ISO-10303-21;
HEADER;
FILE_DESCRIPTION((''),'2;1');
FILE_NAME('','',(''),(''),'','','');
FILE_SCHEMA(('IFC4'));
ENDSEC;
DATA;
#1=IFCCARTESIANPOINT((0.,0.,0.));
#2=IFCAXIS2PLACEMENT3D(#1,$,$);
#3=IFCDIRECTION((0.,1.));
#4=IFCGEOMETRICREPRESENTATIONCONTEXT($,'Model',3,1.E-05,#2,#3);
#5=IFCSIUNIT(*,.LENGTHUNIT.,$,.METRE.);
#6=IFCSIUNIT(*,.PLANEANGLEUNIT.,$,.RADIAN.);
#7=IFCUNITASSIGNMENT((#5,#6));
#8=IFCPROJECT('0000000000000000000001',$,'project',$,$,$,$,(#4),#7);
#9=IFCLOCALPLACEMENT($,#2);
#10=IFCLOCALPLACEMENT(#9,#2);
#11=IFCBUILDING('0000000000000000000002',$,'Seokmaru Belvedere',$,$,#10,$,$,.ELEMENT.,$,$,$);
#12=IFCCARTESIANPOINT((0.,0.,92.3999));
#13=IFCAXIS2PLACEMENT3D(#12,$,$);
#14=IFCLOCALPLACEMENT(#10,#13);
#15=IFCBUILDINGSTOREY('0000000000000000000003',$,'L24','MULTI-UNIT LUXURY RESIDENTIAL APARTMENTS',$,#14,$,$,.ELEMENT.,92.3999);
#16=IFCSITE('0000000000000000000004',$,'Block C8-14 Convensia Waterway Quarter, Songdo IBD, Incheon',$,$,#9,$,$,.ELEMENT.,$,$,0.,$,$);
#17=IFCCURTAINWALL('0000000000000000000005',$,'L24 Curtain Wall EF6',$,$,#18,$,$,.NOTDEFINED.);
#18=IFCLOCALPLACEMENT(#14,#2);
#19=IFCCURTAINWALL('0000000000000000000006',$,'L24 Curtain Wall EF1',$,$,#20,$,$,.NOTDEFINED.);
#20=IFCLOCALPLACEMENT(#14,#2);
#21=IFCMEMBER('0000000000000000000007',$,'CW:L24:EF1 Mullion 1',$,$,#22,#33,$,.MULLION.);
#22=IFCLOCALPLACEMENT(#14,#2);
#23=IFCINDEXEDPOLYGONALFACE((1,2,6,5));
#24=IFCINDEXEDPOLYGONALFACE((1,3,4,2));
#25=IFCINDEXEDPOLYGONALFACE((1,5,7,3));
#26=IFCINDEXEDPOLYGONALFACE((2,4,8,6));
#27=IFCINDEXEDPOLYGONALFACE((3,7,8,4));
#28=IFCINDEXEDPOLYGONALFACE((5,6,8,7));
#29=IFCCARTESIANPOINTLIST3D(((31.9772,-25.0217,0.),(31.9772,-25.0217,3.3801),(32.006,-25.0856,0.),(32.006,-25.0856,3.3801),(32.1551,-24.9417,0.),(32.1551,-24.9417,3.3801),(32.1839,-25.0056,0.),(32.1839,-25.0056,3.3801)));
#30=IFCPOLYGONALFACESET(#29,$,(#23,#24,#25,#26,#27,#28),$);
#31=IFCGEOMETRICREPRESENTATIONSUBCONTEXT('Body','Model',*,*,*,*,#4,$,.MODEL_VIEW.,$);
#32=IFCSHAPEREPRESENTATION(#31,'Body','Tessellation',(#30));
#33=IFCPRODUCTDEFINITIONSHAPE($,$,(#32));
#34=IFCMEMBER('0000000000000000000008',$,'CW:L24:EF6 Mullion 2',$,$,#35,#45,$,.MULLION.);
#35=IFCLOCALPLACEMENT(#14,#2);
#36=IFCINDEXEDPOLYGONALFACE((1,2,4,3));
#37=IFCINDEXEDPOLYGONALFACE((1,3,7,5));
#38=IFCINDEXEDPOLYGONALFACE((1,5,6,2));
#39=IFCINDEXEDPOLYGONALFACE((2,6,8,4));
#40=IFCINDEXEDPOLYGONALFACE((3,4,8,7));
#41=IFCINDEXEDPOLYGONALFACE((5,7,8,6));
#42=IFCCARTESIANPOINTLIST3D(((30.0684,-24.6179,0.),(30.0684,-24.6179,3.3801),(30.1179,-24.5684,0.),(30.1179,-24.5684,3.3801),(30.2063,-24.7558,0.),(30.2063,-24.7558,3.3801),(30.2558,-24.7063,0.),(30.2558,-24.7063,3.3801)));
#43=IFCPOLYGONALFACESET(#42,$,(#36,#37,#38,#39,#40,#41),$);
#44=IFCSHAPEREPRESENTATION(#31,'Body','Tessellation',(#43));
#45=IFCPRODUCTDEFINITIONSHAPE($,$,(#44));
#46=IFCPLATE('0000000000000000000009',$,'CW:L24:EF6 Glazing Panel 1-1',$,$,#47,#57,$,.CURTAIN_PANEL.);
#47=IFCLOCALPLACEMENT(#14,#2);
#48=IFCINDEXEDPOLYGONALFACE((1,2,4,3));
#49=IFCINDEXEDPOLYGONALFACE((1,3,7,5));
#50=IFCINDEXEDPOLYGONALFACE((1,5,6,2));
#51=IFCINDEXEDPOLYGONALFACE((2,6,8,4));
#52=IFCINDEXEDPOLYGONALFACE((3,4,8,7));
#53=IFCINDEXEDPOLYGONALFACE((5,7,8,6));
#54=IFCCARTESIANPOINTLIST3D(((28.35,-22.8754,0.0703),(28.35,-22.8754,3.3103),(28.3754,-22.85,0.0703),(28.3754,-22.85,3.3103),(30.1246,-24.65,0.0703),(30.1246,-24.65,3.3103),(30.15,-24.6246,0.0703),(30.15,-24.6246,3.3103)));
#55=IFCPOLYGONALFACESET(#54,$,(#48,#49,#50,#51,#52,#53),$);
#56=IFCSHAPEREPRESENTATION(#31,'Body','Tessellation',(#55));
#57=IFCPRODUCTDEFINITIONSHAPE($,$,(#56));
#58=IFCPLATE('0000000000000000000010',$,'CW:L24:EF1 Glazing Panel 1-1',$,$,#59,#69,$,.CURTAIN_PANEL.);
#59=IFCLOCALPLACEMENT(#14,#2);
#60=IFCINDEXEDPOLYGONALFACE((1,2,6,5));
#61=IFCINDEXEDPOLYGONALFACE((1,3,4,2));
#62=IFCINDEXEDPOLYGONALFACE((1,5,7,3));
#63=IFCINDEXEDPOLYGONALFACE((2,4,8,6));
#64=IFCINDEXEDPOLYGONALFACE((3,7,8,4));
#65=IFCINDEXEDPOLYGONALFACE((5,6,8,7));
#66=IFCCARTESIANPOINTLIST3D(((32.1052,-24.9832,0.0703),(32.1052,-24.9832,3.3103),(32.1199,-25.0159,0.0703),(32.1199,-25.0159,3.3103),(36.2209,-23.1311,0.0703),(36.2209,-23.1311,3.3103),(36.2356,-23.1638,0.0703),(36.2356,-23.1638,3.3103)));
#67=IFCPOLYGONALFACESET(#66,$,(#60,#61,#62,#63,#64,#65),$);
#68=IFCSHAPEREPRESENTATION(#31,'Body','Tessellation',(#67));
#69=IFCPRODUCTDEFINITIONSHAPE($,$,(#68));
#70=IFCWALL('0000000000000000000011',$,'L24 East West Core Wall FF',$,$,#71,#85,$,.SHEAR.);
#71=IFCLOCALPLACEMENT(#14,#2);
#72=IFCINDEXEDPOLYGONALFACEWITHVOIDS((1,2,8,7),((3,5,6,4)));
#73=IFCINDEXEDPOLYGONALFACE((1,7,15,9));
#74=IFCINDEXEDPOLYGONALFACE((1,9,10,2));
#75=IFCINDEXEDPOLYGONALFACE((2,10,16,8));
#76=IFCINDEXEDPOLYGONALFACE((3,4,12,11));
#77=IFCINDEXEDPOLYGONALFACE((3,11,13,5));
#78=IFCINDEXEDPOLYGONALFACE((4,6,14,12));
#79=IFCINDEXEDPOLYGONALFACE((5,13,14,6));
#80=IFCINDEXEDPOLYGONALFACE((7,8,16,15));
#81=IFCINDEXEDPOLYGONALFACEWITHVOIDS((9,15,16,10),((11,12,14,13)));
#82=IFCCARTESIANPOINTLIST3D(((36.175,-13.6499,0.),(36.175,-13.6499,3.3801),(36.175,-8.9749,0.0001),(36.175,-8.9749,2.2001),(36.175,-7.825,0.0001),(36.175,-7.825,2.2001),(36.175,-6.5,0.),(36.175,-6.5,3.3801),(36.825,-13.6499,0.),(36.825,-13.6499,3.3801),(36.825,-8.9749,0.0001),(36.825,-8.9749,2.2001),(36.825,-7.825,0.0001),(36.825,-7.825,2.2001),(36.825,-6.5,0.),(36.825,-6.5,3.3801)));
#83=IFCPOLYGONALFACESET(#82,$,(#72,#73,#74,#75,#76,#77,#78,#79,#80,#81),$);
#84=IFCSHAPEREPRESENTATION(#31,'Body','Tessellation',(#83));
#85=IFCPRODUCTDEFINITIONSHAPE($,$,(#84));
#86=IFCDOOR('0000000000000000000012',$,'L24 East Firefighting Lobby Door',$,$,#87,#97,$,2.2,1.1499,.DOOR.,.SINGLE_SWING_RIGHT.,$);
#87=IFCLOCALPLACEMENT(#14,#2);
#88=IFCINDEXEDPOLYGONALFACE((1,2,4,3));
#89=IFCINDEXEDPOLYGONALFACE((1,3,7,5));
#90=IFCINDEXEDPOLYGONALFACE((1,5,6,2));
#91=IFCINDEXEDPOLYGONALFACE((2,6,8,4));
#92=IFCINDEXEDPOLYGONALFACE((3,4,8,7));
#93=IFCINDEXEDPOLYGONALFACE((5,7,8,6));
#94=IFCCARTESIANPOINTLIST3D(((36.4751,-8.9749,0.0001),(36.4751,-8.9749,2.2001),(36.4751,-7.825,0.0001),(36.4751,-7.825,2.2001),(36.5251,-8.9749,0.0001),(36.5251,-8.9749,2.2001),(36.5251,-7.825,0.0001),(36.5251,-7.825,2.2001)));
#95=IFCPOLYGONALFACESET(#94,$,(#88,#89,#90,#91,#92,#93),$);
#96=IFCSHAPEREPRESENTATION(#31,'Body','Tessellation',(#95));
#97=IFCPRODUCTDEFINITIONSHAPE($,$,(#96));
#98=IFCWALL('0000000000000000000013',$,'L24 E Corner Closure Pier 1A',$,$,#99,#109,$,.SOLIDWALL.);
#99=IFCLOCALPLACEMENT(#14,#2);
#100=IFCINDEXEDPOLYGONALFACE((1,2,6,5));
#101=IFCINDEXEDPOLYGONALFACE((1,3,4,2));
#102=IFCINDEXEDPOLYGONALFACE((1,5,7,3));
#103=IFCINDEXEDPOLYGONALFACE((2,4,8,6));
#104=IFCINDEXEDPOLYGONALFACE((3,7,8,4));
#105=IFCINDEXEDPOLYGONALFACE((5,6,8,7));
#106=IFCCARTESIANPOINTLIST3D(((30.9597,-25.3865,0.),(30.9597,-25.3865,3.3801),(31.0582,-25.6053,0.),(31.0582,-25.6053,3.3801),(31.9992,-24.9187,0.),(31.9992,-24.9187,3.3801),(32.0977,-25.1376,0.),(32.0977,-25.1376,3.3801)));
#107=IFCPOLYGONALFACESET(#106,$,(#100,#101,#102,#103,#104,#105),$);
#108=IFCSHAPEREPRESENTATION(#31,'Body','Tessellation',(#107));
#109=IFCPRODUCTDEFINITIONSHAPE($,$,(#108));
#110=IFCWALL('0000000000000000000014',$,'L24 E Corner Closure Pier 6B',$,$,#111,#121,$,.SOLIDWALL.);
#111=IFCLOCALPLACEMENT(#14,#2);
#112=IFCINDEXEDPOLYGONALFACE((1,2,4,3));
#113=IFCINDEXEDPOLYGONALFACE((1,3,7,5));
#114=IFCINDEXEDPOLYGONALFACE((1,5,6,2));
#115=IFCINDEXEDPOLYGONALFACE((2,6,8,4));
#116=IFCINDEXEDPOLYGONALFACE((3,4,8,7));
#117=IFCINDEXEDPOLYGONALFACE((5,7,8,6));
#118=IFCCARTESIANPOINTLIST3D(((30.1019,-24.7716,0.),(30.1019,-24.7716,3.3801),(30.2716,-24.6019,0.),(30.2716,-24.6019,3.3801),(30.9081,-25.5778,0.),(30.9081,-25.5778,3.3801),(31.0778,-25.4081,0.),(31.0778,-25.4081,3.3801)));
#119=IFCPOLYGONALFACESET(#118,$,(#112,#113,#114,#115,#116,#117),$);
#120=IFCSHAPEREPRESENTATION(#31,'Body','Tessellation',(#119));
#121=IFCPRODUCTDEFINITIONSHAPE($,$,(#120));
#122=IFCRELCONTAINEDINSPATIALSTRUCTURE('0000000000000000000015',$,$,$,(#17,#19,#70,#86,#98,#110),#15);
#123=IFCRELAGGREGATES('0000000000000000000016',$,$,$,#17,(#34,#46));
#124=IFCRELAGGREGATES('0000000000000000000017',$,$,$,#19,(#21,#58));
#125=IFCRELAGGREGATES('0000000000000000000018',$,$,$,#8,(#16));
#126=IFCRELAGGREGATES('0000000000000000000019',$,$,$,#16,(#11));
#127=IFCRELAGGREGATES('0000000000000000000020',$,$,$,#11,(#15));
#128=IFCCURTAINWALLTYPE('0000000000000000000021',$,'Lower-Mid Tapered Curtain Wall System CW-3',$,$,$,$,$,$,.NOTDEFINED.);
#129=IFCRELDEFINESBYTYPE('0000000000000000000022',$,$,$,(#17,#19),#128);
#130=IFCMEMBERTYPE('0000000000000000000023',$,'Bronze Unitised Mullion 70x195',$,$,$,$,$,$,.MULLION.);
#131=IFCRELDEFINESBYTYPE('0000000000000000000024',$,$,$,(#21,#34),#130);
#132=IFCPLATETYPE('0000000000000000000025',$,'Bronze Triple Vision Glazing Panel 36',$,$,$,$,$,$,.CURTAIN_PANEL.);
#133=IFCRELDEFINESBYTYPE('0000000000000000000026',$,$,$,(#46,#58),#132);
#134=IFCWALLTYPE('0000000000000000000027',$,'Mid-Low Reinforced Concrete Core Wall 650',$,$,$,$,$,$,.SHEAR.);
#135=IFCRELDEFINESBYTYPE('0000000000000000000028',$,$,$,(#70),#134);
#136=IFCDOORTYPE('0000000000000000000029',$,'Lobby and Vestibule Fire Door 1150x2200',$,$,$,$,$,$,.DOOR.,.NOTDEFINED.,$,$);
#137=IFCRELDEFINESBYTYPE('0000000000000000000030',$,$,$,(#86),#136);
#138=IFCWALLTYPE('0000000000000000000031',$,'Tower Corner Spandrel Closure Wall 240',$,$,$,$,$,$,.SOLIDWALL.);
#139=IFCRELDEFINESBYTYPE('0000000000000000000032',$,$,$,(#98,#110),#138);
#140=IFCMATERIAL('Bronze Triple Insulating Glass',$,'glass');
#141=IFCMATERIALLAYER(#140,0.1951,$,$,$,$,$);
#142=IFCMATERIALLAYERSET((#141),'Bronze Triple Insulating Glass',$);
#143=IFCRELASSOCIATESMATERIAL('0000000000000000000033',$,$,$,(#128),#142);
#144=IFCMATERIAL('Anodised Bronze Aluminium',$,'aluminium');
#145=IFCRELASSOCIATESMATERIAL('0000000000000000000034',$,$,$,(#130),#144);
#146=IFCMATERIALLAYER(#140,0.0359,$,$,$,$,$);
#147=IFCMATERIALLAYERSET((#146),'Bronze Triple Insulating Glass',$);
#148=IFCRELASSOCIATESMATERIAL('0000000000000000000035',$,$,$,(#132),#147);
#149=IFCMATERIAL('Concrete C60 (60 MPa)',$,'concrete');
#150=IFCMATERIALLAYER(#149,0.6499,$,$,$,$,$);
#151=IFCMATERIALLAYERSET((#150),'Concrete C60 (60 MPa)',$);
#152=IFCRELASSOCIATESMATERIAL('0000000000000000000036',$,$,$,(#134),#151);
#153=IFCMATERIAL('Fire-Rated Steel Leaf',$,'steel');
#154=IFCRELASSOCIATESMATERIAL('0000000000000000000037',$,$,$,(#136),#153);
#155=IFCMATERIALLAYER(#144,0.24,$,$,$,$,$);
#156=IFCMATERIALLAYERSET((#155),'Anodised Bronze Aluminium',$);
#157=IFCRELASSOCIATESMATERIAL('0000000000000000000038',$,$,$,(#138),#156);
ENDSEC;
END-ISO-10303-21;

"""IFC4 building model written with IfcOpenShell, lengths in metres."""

from ifc_helpers import new_model, si_unit, direction, frame, frame_2d, origin, origin_2d, place, context, subcontext, project, spatial, rectangle, extrude, source, transform, mapped, material, layer, layer_set, material_profile, profile_set, type_object, type_shapes, element, fill, aggregate, save


model = new_model("IFC4")

# Units and contexts
model_context = context("Model", 3, precision=1e-05, world=origin(), true_north=direction((0.0, 1.0)))
body_context = subcontext(model_context, "Body", "Model", "MODEL_VIEW")
ifc_project = project(units=[si_unit("LENGTHUNIT", "METRE"), si_unit("PLANEANGLEUNIT", "RADIAN")], contexts=[model_context])

# Site, building, storey
site_placement = place(None, origin())
site = spatial("IfcSite", under=ifc_project, at=site_placement, Name="Block C8-14 Convensia Waterway Quarter, Songdo IBD, Incheon", CompositionType="ELEMENT", RefElevation=0.0)
building_placement = place(site_placement, origin())
building = spatial("IfcBuilding", under=site, at=building_placement, Name="Seokmaru Belvedere", CompositionType="ELEMENT")
storey_placement = place(building_placement, frame((0.0, 0.0, 92.3999)))
storey = spatial("IfcBuildingStorey", under=building, at=storey_placement, Name="L24", Description="MULTI-UNIT LUXURY RESIDENTIAL APARTMENTS", CompositionType="ELEMENT", Elevation=92.3999)

# Curtain wall
ifc_material_1 = material(Name="Bronze Triple Insulating Glass", Category="glass")
ifc_layer_1 = layer(ifc_material_1, 0.1951)
ifc_layer_set_1 = layer_set([ifc_layer_1], Name="Bronze Triple Insulating Glass")
curtain_wall_type = type_object("IfcCurtainWallType", Name="Lower-Mid Tapered Curtain Wall System CW-3", PredefinedType="NOTDEFINED", material=ifc_layer_set_1)
curtain_wall_1_placement = place(storey_placement, origin())
curtain_wall_1 = element("IfcCurtainWall", 1, at=curtain_wall_1_placement, inside=storey, type_object=curtain_wall_type, Name="L24 Curtain Wall EF6", PredefinedType="NOTDEFINED")
ifc_material_2 = material(Name="Anodised Bronze Aluminium", Category="aluminium")

# Curtain wall, member
curtain_wall_2_placement = place(storey_placement, origin())
curtain_wall_2 = element("IfcCurtainWall", 2, at=curtain_wall_2_placement, inside=storey, type_object=curtain_wall_type, Name="L24 Curtain Wall EF1", PredefinedType="NOTDEFINED")
ifc_material_profile_1 = material_profile(ifc_material_2, rectangle(XDim=0.0701, YDim=0.1951, at=origin_2d()), Name="CW-M-70x195")
ifc_profile_set_1 = profile_set([ifc_material_profile_1], Name="Anodised Bronze Aluminium")
member_type_1 = type_object("IfcMemberType", Name="Bronze Unitised Mullion 70x195", PredefinedType="MULLION", material=ifc_profile_set_1)
shared_shape_1 = source(origin(), body_context, "Body", "SweptSolid", [
    extrude(rectangle(XDim=0.0701, YDim=0.1951, at=origin_2d()), origin(), (0.0, 0.0, 1.0), 3.3801),
])
member_1_placement = place(storey_placement, frame((32.0806, -25.0137, 0.0), z_axis=(0.0, 0.0, 1.0), x_axis=(-0.410366, 0.911921, 0.0)))
member_1 = element("IfcMember", 3, at=member_1_placement, type_object=member_type_1, Name="CW:L24:EF1 Mullion 1", PredefinedType="MULLION", context=body_context, shape_type="MappedRepresentation", body=[
    mapped(shared_shape_1, transform((0.0, 0.0, 0.0), scale=1.0)),
])

# Member
member_2_placement = place(storey_placement, frame((30.1621, -24.6621, 0.0), z_axis=(0.0, 0.0, 1.0), x_axis=(0.707107, 0.707107, 0.0)))
member_2 = element("IfcMember", 4, at=member_2_placement, type_object=member_type_1, Name="CW:L24:EF6 Mullion 2", PredefinedType="MULLION", context=body_context, shape_type="MappedRepresentation", body=[
    mapped(shared_shape_1, transform((0.0, 0.0, 0.0), scale=1.0)),
])

# Plates
ifc_layer_2 = layer(ifc_material_1, 0.0359)
ifc_layer_set_2 = layer_set([ifc_layer_2], Name="Bronze Triple Insulating Glass")
plate_type = type_object("IfcPlateType", Name="Bronze Triple Vision Glazing Panel 36", PredefinedType="CURTAIN_PANEL", material=ifc_layer_set_2)
shared_shape_2 = source(origin(), body_context, "Body", "SweptSolid", [
    extrude(rectangle(XDim=2.5098, YDim=0.0359, at=origin_2d()), origin(), (0.0, 0.0, 1.0), 3.24),
])
plate_1_placement = place(storey_placement, frame((29.25, -23.75, 0.0703), z_axis=(0.0, 0.0, 1.0), x_axis=(0.707107, -0.707107, 0.0)))
plate_1 = element("IfcPlate", 5, at=plate_1_placement, type_object=plate_type, Name="CW:L24:EF6 Glazing Panel 1-1", PredefinedType="CURTAIN_PANEL", context=body_context, shape_type="MappedRepresentation", body=[
    mapped(shared_shape_2, transform((0.0, 0.0, 0.0), scale=1.0)),
])
aggregate(curtain_wall_1, [member_2, plate_1])
shared_shape_3 = source(origin(), body_context, "Body", "SweptSolid", [
    extrude(rectangle(XDim=4.5132, YDim=0.0359, at=origin_2d()), origin(), (0.0, 0.0, 1.0), 3.24),
])
type_shapes(plate_type, [shared_shape_2, shared_shape_3])
plate_2_placement = place(storey_placement, frame((34.1704, -24.0735, 0.0703), z_axis=(0.0, 0.0, 1.0), x_axis=(0.911921, 0.410366, 0.0)))
plate_2 = element("IfcPlate", 6, at=plate_2_placement, type_object=plate_type, Name="CW:L24:EF1 Glazing Panel 1-1", PredefinedType="CURTAIN_PANEL", context=body_context, shape_type="MappedRepresentation", body=[
    mapped(shared_shape_3, transform((0.0, 0.0, 0.0), scale=1.0)),
])
aggregate(curtain_wall_2, [member_1, plate_2])

# Wall, opening, door
ifc_material_3 = material(Name="Concrete C60 (60 MPa)", Category="concrete")
ifc_layer_3 = layer(ifc_material_3, 0.6499)
ifc_layer_set_3 = layer_set([ifc_layer_3], Name="Concrete C60 (60 MPa)")
wall_type_1 = type_object("IfcWallType", Name="Mid-Low Reinforced Concrete Core Wall 650", PredefinedType="SHEAR", material=ifc_layer_set_3)
wall_1_placement = place(storey_placement, frame((36.5, -13.6499, 0.0), z_axis=(0.0, 0.0, 1.0), x_axis=(0.0, 1.0, 0.0)))
wall_1 = element("IfcWall", 7, at=wall_1_placement, inside=storey, type_object=wall_type_1, Name="L24 East West Core Wall FF", PredefinedType="SHEAR", context=body_context, shape_type="SweptSolid", body=[
    extrude(rectangle(XDim=7.1499, YDim=0.6499, at=frame_2d((3.575, 0.0))), origin(), (0.0, 0.0, 1.0), 3.3801),
])
opening_placement = place(wall_1_placement, frame((4.675, 0.0, 0.0)))
opening = element("IfcOpeningElement", 8, at=opening_placement, cuts=wall_1, PredefinedType="OPENING", context=body_context, shape_type="SweptSolid", body=[
    extrude(rectangle(XDim=1.1499, YDim=2.2, at=frame_2d((0.575, 1.1001))), frame((0.0, 0.335, 0.0), z_axis=(0.0, -1.0, 0.0), x_axis=(1.0, 0.0, 0.0)), (0.0, 0.0, 1.0), 0.6699),
])
ifc_material_4 = material(Name="Fire-Rated Steel Leaf", Category="steel")
door_type = type_object("IfcDoorType", Name="Lobby and Vestibule Fire Door 1150x2200", OperationType="NOTDEFINED", PredefinedType="DOOR", material=ifc_material_4)
shared_shape_4 = source(origin(), body_context, "Body", "SweptSolid", [
    extrude(rectangle(XDim=1.1499, YDim=2.2, at=frame_2d((0.575, 1.1001))), frame((0.0, 0.0249, 0.0), z_axis=(0.0, -1.0, 0.0), x_axis=(1.0, 0.0, 0.0)), (0.0, 0.0, 1.0), 0.05),
])
type_shapes(door_type, [shared_shape_4])
door_placement = place(opening_placement, origin())
door = element("IfcDoor", 9, at=door_placement, inside=storey, type_object=door_type, Name="L24 East Firefighting Lobby Door", OperationType="SINGLE_SWING_RIGHT", OverallHeight=2.2, OverallWidth=1.1499, PredefinedType="DOOR", context=body_context, shape_type="MappedRepresentation", body=[
    mapped(shared_shape_4, transform((0.0, 0.0, 0.0), scale=1.0)),
])
fill(opening, door)

# Walls
ifc_layer_4 = layer(ifc_material_2, 0.24)
ifc_layer_set_4 = layer_set([ifc_layer_4], Name="Anodised Bronze Aluminium")
wall_type_2 = type_object("IfcWallType", Name="Tower Corner Spandrel Closure Wall 240", PredefinedType="SOLIDWALL", material=ifc_layer_set_4)
wall_2_placement = place(storey_placement, frame((31.009, -25.4958, 0.0), z_axis=(0.0, 0.0, 1.0), x_axis=(0.91193, 0.410347, 0.0)))
element("IfcWall", 10, at=wall_2_placement, inside=storey, type_object=wall_type_2, Name="L24 E Corner Closure Pier 1A", PredefinedType="SOLIDWALL", context=body_context, shape_type="SweptSolid", body=[
    extrude(rectangle(XDim=1.1399, YDim=0.24, at=frame_2d((0.5698, 0.0))), origin(), (0.0, 0.0, 1.0), 3.3801),
])
wall_3_placement = place(storey_placement, frame((30.1868, -24.6868, 0.0), z_axis=(0.0, 0.0, 1.0), x_axis=(0.707107, -0.707107, 0.0)))
element("IfcWall", 11, at=wall_3_placement, inside=storey, type_object=wall_type_2, Name="L24 E Corner Closure Pier 6B", PredefinedType="SOLIDWALL", context=body_context, shape_type="SweptSolid", body=[
    extrude(rectangle(XDim=1.1401, YDim=0.24, at=frame_2d((0.5701, 0.0))), origin(), (0.0, 0.0, 1.0), 3.3801),
])

save(model, "model.ifc")
